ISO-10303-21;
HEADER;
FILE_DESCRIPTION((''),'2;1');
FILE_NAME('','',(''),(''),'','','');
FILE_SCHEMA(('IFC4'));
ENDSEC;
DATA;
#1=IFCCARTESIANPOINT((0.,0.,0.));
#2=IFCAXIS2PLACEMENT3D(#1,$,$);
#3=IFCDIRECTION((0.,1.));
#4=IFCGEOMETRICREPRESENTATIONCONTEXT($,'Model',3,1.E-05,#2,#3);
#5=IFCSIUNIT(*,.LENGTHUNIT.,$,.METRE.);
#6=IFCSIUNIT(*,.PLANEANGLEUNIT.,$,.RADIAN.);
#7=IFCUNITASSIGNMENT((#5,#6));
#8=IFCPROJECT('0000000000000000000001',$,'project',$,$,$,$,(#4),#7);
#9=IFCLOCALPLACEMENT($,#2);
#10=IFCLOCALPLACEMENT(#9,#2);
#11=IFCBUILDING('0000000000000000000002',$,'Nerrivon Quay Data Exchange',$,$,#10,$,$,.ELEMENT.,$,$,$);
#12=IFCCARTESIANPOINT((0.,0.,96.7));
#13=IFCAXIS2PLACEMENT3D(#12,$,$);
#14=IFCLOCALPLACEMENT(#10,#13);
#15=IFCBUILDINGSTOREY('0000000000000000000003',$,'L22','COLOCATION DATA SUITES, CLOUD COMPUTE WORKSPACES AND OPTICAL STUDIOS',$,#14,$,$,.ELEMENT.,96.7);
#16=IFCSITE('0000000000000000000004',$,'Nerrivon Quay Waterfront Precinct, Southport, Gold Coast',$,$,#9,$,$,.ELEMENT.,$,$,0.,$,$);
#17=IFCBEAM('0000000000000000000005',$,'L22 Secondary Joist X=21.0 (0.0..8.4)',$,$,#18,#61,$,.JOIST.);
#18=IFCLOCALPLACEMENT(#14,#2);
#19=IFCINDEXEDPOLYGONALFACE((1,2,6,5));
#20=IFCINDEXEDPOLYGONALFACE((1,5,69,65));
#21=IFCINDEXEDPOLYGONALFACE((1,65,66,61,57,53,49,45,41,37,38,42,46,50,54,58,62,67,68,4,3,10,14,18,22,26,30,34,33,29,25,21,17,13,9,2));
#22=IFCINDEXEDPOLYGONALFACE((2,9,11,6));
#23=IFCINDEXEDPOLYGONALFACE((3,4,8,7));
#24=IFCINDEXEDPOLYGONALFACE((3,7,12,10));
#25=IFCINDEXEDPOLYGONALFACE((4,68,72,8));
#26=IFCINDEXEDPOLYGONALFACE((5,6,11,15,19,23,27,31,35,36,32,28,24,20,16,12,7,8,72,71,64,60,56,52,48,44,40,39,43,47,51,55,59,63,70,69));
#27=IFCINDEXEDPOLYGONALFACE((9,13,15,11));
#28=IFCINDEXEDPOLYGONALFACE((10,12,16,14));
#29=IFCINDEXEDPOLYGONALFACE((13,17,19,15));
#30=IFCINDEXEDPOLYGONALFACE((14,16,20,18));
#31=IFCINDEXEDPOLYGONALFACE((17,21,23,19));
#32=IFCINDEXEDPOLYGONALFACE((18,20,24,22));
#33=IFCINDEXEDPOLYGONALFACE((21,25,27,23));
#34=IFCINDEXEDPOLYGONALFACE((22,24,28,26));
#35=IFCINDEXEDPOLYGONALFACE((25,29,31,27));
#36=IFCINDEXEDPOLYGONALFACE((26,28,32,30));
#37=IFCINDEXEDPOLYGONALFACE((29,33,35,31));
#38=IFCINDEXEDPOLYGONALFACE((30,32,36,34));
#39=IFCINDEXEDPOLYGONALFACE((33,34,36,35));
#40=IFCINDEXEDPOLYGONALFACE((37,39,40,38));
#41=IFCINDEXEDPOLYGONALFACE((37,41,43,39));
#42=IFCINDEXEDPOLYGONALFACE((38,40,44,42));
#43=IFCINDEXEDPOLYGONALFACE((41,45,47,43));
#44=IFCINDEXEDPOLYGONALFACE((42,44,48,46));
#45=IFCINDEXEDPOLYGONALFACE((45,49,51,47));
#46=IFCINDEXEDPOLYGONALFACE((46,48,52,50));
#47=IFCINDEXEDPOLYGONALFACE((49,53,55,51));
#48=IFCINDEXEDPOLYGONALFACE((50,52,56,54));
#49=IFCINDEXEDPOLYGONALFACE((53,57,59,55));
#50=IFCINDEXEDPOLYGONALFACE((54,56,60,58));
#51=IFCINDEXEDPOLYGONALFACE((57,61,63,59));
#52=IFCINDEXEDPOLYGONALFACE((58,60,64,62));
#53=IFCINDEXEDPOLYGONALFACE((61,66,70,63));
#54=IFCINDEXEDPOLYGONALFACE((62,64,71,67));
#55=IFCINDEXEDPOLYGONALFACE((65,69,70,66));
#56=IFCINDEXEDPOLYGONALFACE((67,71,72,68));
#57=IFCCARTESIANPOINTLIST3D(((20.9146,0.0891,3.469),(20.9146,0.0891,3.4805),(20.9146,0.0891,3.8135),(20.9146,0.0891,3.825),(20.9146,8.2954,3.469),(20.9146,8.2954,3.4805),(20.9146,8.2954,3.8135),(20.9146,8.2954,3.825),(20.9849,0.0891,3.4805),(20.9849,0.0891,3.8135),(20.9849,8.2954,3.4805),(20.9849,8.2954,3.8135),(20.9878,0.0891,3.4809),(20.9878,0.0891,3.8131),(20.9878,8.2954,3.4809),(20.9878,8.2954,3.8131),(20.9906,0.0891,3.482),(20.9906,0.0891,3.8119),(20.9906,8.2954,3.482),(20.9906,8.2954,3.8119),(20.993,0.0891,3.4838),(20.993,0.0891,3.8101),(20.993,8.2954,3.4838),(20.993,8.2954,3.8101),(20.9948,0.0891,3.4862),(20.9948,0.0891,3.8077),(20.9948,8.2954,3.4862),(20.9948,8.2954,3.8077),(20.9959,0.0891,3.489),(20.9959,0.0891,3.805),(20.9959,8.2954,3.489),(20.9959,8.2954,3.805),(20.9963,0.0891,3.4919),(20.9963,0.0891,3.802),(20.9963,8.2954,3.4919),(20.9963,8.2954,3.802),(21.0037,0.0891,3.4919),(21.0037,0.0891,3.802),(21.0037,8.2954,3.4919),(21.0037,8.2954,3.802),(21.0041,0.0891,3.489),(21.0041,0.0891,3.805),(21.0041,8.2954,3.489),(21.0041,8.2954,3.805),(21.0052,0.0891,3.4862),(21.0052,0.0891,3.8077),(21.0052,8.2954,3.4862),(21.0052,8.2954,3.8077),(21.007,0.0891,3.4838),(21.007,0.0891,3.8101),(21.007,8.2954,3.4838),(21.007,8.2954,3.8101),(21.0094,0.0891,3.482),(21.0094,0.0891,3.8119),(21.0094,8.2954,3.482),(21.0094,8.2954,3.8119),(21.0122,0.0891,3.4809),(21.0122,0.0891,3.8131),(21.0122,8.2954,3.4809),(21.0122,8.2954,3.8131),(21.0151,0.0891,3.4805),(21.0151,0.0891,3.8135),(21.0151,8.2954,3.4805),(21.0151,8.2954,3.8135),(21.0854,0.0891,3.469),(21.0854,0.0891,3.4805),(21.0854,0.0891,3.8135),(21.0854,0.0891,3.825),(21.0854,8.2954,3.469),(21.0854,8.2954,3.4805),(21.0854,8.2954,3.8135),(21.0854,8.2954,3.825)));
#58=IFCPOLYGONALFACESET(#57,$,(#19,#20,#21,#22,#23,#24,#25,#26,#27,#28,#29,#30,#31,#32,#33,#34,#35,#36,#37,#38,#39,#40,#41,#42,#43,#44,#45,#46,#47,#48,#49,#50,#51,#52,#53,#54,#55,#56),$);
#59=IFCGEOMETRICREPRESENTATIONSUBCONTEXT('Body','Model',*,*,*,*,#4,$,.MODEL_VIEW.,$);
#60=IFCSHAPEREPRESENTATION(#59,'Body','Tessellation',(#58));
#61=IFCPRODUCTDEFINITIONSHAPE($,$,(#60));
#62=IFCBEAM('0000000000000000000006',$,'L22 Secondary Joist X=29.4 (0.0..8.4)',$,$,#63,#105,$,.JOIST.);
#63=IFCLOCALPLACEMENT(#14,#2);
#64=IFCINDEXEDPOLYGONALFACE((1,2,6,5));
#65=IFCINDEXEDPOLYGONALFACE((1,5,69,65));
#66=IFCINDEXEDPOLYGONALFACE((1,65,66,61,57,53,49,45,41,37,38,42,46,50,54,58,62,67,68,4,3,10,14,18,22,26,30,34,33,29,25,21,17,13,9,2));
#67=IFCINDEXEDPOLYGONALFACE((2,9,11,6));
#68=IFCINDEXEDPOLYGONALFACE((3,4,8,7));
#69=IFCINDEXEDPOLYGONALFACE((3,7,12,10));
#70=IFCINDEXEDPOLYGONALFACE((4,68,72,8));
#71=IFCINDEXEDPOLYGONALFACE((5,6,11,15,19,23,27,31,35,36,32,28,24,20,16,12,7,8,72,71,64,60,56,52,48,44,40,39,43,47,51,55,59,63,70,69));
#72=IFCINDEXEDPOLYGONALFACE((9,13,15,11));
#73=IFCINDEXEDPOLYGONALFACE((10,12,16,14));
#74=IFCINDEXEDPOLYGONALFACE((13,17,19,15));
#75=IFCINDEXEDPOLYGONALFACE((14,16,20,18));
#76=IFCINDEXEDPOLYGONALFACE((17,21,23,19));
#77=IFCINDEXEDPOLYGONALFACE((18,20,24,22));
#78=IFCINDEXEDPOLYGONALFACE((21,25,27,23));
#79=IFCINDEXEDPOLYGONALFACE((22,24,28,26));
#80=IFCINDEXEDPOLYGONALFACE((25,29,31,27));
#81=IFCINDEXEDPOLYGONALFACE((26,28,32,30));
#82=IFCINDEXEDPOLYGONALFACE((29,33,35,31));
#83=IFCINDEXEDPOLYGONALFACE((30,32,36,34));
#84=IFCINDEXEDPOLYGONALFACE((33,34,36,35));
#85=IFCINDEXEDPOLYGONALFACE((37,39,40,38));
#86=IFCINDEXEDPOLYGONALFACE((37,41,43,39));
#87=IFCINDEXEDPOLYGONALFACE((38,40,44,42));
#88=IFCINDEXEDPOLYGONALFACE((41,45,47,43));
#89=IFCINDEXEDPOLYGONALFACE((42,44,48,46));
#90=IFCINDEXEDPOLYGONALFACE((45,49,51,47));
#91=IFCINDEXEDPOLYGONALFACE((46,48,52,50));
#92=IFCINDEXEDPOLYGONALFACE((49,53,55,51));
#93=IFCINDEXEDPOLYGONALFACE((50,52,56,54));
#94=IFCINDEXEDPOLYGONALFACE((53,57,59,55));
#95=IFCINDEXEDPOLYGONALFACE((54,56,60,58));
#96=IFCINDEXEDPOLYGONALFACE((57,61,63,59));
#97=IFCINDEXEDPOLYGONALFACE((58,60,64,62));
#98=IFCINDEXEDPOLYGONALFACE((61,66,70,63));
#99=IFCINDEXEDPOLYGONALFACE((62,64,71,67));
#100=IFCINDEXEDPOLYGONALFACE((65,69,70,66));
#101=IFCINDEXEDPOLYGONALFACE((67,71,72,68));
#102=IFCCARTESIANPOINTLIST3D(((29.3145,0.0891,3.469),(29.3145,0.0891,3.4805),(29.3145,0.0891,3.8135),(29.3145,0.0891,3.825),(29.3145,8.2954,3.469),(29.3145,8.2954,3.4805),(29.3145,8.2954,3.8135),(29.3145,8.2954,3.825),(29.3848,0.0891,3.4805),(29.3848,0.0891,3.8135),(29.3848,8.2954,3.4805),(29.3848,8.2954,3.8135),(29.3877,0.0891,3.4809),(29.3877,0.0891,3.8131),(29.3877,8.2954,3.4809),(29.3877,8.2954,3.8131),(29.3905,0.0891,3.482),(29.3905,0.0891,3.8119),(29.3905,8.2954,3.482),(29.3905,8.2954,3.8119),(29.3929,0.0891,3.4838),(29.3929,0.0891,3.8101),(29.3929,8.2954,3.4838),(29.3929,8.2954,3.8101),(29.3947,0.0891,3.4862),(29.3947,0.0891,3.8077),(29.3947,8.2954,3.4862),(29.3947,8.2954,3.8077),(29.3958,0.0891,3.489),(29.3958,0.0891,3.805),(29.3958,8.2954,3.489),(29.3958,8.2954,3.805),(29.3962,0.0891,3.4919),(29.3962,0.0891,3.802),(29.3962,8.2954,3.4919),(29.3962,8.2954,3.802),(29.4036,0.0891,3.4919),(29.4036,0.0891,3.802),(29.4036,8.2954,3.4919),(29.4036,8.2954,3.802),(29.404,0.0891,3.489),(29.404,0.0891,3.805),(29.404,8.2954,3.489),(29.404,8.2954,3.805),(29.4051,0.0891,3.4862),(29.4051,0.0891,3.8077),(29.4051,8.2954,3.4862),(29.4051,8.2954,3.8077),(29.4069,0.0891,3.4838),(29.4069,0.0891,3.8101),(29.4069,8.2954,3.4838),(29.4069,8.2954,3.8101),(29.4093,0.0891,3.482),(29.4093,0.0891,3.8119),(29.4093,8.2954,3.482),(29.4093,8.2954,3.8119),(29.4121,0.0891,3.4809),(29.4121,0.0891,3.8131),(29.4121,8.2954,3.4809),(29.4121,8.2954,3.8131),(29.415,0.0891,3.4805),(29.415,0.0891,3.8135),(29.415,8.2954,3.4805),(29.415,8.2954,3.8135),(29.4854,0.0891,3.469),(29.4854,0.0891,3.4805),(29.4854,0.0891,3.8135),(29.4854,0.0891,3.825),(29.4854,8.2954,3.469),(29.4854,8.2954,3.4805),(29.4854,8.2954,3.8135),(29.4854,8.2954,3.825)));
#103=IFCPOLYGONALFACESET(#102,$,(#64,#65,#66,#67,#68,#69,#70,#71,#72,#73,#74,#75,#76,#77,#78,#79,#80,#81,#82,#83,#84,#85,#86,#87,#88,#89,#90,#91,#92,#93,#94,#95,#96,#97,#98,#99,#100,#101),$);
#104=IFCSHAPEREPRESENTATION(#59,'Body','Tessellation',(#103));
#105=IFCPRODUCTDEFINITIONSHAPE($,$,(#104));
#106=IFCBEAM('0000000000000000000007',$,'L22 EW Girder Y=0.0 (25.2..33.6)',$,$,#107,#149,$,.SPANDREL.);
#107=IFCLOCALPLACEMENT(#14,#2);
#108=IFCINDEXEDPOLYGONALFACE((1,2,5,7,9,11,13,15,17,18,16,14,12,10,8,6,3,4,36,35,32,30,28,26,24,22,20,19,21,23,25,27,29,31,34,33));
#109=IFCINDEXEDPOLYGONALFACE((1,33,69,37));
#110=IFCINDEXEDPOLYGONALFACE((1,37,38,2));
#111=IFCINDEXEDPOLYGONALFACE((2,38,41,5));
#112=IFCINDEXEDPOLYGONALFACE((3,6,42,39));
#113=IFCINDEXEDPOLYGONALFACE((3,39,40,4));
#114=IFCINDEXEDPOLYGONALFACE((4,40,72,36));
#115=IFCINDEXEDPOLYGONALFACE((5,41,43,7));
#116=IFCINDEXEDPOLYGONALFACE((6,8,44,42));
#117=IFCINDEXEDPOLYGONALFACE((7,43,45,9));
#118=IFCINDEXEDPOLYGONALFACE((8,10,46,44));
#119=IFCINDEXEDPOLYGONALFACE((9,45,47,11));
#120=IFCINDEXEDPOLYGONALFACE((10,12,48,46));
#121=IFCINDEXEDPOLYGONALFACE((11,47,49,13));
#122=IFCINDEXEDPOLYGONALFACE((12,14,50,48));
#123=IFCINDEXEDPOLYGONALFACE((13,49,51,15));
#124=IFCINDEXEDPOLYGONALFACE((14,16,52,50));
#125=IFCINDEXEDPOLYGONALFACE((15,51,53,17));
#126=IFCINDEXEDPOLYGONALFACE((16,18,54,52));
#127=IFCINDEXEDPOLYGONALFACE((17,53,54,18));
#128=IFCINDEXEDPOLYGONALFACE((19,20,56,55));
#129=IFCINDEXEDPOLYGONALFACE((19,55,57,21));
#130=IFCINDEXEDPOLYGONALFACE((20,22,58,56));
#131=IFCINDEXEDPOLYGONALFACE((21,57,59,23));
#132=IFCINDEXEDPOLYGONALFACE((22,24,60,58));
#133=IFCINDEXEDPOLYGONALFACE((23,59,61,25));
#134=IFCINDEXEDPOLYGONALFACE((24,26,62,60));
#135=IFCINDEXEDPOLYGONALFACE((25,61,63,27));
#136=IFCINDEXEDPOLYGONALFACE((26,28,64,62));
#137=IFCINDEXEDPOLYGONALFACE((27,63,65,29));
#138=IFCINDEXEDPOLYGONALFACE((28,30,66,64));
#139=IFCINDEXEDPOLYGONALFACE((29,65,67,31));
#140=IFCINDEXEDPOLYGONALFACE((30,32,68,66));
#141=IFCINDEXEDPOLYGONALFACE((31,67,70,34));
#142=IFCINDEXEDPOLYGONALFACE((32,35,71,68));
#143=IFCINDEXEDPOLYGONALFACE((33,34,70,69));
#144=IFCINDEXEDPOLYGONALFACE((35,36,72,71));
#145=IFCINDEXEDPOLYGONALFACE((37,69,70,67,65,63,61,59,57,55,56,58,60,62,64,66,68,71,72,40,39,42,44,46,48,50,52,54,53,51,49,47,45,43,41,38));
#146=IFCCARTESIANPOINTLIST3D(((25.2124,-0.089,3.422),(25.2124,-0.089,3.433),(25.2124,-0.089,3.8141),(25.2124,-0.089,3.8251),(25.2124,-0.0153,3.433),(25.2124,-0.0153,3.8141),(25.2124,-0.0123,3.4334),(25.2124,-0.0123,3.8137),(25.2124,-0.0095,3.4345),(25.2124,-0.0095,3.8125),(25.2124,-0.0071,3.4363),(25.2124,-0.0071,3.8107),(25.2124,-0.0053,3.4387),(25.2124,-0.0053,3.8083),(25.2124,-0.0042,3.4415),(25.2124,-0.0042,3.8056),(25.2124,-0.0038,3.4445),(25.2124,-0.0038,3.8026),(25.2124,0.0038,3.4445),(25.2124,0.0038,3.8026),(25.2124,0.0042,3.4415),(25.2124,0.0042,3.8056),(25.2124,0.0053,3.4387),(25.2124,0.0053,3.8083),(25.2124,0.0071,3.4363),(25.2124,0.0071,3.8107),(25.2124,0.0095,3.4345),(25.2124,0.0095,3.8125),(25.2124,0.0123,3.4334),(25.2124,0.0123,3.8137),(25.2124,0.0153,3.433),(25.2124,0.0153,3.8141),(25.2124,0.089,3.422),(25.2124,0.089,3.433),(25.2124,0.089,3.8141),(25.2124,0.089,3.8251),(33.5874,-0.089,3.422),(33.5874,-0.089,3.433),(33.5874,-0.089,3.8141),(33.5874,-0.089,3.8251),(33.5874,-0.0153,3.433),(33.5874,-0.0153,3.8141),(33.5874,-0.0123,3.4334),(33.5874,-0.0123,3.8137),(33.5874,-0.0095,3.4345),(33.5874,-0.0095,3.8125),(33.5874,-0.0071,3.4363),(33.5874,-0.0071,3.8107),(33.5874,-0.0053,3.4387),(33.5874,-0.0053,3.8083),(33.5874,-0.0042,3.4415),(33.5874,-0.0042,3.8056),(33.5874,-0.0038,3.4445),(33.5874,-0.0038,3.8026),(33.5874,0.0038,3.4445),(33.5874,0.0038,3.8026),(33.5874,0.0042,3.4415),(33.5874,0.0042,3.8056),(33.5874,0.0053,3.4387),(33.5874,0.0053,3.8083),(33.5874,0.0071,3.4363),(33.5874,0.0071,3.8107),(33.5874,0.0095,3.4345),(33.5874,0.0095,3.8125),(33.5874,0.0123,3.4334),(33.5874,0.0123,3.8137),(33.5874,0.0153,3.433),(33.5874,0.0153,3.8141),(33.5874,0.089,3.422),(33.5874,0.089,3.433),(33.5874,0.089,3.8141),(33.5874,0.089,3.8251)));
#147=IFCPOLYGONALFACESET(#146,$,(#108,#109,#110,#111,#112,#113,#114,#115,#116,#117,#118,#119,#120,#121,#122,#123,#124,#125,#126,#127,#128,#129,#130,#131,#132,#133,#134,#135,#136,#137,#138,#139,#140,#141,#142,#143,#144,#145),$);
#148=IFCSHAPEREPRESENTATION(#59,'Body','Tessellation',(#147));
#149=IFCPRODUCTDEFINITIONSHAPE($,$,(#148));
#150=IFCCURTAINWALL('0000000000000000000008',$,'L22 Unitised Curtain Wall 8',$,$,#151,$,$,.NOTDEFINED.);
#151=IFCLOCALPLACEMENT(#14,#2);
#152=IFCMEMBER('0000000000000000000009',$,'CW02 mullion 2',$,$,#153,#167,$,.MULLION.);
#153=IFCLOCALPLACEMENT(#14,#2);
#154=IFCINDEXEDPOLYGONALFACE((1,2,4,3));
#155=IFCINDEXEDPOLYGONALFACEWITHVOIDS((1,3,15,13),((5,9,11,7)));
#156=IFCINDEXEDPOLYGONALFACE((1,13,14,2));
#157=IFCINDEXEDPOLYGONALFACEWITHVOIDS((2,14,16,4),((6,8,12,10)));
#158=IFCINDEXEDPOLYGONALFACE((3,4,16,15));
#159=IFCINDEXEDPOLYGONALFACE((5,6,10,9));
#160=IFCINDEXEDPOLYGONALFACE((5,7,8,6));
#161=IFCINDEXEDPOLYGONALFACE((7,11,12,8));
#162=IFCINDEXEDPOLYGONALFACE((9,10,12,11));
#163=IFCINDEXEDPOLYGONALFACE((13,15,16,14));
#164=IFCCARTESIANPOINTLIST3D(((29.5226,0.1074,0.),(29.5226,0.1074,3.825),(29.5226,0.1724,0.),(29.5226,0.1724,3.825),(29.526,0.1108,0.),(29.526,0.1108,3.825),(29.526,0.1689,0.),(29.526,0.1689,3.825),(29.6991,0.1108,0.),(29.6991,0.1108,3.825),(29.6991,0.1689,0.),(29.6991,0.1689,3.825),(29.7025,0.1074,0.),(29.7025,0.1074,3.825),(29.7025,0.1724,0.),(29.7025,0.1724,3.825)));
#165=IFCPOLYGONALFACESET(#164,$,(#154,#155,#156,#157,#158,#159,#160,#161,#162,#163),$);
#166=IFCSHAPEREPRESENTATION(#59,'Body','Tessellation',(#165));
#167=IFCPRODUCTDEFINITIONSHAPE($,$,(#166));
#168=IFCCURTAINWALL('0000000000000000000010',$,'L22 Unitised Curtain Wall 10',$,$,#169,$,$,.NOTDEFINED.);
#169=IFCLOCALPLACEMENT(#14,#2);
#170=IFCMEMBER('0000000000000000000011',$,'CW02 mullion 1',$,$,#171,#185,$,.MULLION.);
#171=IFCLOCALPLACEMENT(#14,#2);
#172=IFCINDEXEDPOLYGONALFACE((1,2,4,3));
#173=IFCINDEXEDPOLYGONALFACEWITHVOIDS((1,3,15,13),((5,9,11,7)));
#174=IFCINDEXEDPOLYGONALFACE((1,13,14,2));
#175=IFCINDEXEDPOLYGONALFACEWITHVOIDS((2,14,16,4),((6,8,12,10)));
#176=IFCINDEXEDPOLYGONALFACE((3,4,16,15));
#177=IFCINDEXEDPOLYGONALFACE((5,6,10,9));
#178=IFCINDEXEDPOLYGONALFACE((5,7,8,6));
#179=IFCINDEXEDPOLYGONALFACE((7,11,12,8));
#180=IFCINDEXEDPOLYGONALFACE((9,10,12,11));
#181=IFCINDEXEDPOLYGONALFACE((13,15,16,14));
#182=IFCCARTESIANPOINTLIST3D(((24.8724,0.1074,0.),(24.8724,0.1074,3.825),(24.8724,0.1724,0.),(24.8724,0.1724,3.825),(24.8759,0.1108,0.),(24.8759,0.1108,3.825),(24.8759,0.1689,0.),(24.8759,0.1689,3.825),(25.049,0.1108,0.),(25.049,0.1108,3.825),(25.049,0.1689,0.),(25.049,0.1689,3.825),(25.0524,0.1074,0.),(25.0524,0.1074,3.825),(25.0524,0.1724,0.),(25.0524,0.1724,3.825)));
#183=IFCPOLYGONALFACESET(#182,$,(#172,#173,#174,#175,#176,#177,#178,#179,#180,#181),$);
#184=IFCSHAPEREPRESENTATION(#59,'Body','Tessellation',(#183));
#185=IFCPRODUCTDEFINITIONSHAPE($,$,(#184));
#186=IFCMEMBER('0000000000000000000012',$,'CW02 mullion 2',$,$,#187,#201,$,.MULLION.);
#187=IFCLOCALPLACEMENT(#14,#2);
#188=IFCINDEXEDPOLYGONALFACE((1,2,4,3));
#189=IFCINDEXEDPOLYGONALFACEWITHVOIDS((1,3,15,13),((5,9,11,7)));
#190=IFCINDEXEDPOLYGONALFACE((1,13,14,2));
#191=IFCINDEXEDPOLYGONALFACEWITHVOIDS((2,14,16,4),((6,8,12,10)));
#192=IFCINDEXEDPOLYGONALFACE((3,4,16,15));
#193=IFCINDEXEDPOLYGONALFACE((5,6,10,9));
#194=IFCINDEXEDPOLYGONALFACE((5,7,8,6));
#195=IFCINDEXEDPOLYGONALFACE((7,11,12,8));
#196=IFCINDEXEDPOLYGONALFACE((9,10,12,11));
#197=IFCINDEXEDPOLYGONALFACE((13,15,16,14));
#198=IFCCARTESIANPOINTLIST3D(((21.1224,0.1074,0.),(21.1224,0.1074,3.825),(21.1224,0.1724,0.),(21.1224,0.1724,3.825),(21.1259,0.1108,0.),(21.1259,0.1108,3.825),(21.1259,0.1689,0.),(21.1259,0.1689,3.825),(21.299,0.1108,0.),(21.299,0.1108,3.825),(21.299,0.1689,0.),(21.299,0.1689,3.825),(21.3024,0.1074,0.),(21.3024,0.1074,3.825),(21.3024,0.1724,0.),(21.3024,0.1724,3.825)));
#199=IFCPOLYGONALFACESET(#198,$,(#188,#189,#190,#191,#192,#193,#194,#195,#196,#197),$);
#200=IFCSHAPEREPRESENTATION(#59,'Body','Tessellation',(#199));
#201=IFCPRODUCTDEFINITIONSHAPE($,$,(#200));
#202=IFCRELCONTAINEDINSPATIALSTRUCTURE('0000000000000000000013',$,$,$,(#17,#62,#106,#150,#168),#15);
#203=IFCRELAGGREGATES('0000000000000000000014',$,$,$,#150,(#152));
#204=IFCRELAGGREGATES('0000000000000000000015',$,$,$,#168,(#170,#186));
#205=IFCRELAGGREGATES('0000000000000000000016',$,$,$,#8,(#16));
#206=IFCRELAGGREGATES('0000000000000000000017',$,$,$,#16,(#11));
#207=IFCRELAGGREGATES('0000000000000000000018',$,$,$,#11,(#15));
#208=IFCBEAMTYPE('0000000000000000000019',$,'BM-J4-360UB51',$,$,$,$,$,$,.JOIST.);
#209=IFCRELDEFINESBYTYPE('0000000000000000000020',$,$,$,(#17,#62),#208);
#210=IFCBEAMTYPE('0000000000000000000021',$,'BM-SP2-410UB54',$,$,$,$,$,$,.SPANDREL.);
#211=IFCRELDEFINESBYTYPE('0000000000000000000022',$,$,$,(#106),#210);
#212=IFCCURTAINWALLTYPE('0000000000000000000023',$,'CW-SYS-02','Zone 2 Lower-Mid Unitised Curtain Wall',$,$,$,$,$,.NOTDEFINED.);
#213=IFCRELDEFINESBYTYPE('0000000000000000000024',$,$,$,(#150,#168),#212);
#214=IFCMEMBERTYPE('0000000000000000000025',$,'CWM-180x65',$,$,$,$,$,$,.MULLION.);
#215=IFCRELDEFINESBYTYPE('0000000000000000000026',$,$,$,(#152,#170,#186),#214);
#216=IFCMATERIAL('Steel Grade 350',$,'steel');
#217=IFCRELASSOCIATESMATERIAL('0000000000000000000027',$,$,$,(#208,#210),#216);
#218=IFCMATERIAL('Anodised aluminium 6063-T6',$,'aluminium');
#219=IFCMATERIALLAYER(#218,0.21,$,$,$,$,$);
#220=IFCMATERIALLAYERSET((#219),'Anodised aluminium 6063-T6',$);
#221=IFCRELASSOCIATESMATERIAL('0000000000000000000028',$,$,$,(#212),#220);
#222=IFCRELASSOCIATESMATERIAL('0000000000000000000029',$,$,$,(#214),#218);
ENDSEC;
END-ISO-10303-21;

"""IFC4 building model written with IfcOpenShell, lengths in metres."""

from ifc_helpers import new_model, si_unit, direction, frame, origin, origin_2d, place, context, subcontext, project, spatial, hollow_rectangle, i_section, extrude, material, layer, layer_set, material_profile, profile_set, type_object, element, aggregate, save


model = new_model("IFC4")

# Units and contexts
model_context = context("Model", 3, precision=1e-05, world=origin(), true_north=direction((0.0, 1.0)))
body_context = subcontext(model_context, "Body", "Model", "MODEL_VIEW")
ifc_project = project(units=[si_unit("LENGTHUNIT", "METRE"), si_unit("PLANEANGLEUNIT", "RADIAN")], contexts=[model_context])

# Site, building, storey
site_placement = place(None, origin())
site = spatial("IfcSite", under=ifc_project, at=site_placement, Name="Nerrivon Quay Waterfront Precinct, Southport, Gold Coast", CompositionType="ELEMENT", RefElevation=0.0)
building_placement = place(site_placement, origin())
building = spatial("IfcBuilding", under=site, at=building_placement, Name="Nerrivon Quay Data Exchange", CompositionType="ELEMENT")
storey_placement = place(building_placement, frame((0.0, 0.0, 96.7)))
storey = spatial("IfcBuildingStorey", under=building, at=storey_placement, Name="L22", Description="COLOCATION DATA SUITES, CLOUD COMPUTE WORKSPACES AND OPTICAL STUDIOS", CompositionType="ELEMENT", Elevation=96.7)

# Shared definitions
ifc_material_1 = material(Name="Steel Grade 350", Category="steel")

# Beams
ifc_material_profile_1 = material_profile(ifc_material_1, i_section(OverallWidth=0.1709, OverallDepth=0.356, WebThickness=0.0073, FlangeThickness=0.0115, FilletRadius=0.0115, at=origin_2d()), Name="360UB50.7")
ifc_profile_set_1 = profile_set([ifc_material_profile_1], Name="Steel Grade 350")
beam_type_1 = type_object("IfcBeamType", Name="BM-J4-360UB51", PredefinedType="JOIST", material=ifc_profile_set_1)
for number, where, z_axis, x_axis, name in (
    (1, (21.0, 0.0891, 3.647), (0.0, 1.0, 0.0), (-1.0, 0.0, 0.0), "L22 Secondary Joist X=21.0 (0.0..8.4)"),
    (2, (29.3999, 0.0891, 3.647), (0.0, 1.0, 0.0), (-1.0, 0.0, 0.0), "L22 Secondary Joist X=29.4 (0.0..8.4)"),
):
    element("IfcBeam", number, at=place(storey_placement, frame(where, z_axis=z_axis, x_axis=x_axis)), inside=storey, type_object=beam_type_1, Name=name, PredefinedType="JOIST", context=body_context, shape_type="SweptSolid", body=[
        extrude(i_section(OverallWidth=0.1709, OverallDepth=0.356, WebThickness=0.0073, FlangeThickness=0.0115, FilletRadius=0.0115, at=origin_2d()), origin(), (0.0, 0.0, 1.0), 8.2063),
    ])
ifc_material_profile_2 = material_profile(ifc_material_1, i_section(OverallWidth=0.178, OverallDepth=0.4031, WebThickness=0.0076, FlangeThickness=0.011, FilletRadius=0.0115, at=origin_2d()), Name="410UB53.7")
ifc_profile_set_2 = profile_set([ifc_material_profile_2], Name="Steel Grade 350")
beam_type_2 = type_object("IfcBeamType", Name="BM-SP2-410UB54", PredefinedType="SPANDREL", material=ifc_profile_set_2)
beam_1_placement = place(storey_placement, frame((25.2124, 0.0, 3.6235), z_axis=(1.0, 0.0, 0.0), x_axis=(0.0, 1.0, 0.0)))
element("IfcBeam", 3, at=beam_1_placement, inside=storey, type_object=beam_type_2, Name="L22 EW Girder Y=0.0 (25.2..33.6)", PredefinedType="SPANDREL", context=body_context, shape_type="SweptSolid", body=[
    extrude(i_section(OverallWidth=0.178, OverallDepth=0.4031, WebThickness=0.0076, FlangeThickness=0.011, FilletRadius=0.0115, at=origin_2d()), origin(), (0.0, 0.0, 1.0), 8.375),
])

# Curtain wall, member
ifc_material_2 = material(Name="Anodised aluminium 6063-T6", Category="aluminium")
ifc_layer_1 = layer(ifc_material_2, 0.21)
ifc_layer_set_1 = layer_set([ifc_layer_1], Name="Anodised aluminium 6063-T6")
curtain_wall_type = type_object("IfcCurtainWallType", Name="CW-SYS-02", Description="Zone 2 Lower-Mid Unitised Curtain Wall", PredefinedType="NOTDEFINED", material=ifc_layer_set_1)
curtain_wall_1_placement = place(storey_placement, origin())
curtain_wall_1 = element("IfcCurtainWall", 4, at=curtain_wall_1_placement, inside=storey, type_object=curtain_wall_type, Name="L22 Unitised Curtain Wall 8", PredefinedType="NOTDEFINED")
ifc_material_profile_3 = material_profile(ifc_material_2, hollow_rectangle(XDim=0.0649, YDim=0.1799, WallThickness=0.0034, at=origin_2d()), Name="ALU-MULL-180x65")
ifc_profile_set_3 = profile_set([ifc_material_profile_3], Name="Anodised aluminium 6063-T6")
member_type_1 = type_object("IfcMemberType", Name="CWM-180x65", PredefinedType="MULLION", material=ifc_profile_set_3)
member_1_placement = place(storey_placement, frame((29.6125, 0.1399, 0.0), z_axis=(0.0, 0.0, 1.0), x_axis=(0.0, -1.0, 0.0)))
member_1 = element("IfcMember", 5, at=member_1_placement, type_object=member_type_1, Name="CW02 mullion 2", PredefinedType="MULLION", context=body_context, shape_type="SweptSolid", body=[
    extrude(hollow_rectangle(XDim=0.0649, YDim=0.1799, WallThickness=0.0034, at=origin_2d()), origin(), (0.0, 0.0, 1.0), 3.825),
])

# Curtain wall, members
curtain_wall_2_placement = place(storey_placement, origin())
curtain_wall_2 = element("IfcCurtainWall", 6, at=curtain_wall_2_placement, inside=storey, type_object=curtain_wall_type, Name="L22 Unitised Curtain Wall 10", PredefinedType="NOTDEFINED")
member_2_placement = place(storey_placement, frame((24.9624, 0.1399, 0.0), z_axis=(0.0, 0.0, 1.0), x_axis=(0.0, -1.0, 0.0)))
member_2 = element("IfcMember", 7, at=member_2_placement, type_object=member_type_1, Name="CW02 mullion 1", PredefinedType="MULLION", context=body_context, shape_type="SweptSolid", body=[
    extrude(hollow_rectangle(XDim=0.0649, YDim=0.1799, WallThickness=0.0034, at=origin_2d()), origin(), (0.0, 0.0, 1.0), 3.825),
])
member_3_placement = place(storey_placement, frame((21.2124, 0.1399, 0.0), z_axis=(0.0, 0.0, 1.0), x_axis=(0.0, -1.0, 0.0)))
member_3 = element("IfcMember", 8, at=member_3_placement, type_object=member_type_1, Name="CW02 mullion 2", PredefinedType="MULLION", context=body_context, shape_type="SweptSolid", body=[
    extrude(hollow_rectangle(XDim=0.0649, YDim=0.1799, WallThickness=0.0034, at=origin_2d()), origin(), (0.0, 0.0, 1.0), 3.825),
])

aggregate(curtain_wall_1, [member_1])
aggregate(curtain_wall_2, [member_2, member_3])

save(model, "model.ifc")
